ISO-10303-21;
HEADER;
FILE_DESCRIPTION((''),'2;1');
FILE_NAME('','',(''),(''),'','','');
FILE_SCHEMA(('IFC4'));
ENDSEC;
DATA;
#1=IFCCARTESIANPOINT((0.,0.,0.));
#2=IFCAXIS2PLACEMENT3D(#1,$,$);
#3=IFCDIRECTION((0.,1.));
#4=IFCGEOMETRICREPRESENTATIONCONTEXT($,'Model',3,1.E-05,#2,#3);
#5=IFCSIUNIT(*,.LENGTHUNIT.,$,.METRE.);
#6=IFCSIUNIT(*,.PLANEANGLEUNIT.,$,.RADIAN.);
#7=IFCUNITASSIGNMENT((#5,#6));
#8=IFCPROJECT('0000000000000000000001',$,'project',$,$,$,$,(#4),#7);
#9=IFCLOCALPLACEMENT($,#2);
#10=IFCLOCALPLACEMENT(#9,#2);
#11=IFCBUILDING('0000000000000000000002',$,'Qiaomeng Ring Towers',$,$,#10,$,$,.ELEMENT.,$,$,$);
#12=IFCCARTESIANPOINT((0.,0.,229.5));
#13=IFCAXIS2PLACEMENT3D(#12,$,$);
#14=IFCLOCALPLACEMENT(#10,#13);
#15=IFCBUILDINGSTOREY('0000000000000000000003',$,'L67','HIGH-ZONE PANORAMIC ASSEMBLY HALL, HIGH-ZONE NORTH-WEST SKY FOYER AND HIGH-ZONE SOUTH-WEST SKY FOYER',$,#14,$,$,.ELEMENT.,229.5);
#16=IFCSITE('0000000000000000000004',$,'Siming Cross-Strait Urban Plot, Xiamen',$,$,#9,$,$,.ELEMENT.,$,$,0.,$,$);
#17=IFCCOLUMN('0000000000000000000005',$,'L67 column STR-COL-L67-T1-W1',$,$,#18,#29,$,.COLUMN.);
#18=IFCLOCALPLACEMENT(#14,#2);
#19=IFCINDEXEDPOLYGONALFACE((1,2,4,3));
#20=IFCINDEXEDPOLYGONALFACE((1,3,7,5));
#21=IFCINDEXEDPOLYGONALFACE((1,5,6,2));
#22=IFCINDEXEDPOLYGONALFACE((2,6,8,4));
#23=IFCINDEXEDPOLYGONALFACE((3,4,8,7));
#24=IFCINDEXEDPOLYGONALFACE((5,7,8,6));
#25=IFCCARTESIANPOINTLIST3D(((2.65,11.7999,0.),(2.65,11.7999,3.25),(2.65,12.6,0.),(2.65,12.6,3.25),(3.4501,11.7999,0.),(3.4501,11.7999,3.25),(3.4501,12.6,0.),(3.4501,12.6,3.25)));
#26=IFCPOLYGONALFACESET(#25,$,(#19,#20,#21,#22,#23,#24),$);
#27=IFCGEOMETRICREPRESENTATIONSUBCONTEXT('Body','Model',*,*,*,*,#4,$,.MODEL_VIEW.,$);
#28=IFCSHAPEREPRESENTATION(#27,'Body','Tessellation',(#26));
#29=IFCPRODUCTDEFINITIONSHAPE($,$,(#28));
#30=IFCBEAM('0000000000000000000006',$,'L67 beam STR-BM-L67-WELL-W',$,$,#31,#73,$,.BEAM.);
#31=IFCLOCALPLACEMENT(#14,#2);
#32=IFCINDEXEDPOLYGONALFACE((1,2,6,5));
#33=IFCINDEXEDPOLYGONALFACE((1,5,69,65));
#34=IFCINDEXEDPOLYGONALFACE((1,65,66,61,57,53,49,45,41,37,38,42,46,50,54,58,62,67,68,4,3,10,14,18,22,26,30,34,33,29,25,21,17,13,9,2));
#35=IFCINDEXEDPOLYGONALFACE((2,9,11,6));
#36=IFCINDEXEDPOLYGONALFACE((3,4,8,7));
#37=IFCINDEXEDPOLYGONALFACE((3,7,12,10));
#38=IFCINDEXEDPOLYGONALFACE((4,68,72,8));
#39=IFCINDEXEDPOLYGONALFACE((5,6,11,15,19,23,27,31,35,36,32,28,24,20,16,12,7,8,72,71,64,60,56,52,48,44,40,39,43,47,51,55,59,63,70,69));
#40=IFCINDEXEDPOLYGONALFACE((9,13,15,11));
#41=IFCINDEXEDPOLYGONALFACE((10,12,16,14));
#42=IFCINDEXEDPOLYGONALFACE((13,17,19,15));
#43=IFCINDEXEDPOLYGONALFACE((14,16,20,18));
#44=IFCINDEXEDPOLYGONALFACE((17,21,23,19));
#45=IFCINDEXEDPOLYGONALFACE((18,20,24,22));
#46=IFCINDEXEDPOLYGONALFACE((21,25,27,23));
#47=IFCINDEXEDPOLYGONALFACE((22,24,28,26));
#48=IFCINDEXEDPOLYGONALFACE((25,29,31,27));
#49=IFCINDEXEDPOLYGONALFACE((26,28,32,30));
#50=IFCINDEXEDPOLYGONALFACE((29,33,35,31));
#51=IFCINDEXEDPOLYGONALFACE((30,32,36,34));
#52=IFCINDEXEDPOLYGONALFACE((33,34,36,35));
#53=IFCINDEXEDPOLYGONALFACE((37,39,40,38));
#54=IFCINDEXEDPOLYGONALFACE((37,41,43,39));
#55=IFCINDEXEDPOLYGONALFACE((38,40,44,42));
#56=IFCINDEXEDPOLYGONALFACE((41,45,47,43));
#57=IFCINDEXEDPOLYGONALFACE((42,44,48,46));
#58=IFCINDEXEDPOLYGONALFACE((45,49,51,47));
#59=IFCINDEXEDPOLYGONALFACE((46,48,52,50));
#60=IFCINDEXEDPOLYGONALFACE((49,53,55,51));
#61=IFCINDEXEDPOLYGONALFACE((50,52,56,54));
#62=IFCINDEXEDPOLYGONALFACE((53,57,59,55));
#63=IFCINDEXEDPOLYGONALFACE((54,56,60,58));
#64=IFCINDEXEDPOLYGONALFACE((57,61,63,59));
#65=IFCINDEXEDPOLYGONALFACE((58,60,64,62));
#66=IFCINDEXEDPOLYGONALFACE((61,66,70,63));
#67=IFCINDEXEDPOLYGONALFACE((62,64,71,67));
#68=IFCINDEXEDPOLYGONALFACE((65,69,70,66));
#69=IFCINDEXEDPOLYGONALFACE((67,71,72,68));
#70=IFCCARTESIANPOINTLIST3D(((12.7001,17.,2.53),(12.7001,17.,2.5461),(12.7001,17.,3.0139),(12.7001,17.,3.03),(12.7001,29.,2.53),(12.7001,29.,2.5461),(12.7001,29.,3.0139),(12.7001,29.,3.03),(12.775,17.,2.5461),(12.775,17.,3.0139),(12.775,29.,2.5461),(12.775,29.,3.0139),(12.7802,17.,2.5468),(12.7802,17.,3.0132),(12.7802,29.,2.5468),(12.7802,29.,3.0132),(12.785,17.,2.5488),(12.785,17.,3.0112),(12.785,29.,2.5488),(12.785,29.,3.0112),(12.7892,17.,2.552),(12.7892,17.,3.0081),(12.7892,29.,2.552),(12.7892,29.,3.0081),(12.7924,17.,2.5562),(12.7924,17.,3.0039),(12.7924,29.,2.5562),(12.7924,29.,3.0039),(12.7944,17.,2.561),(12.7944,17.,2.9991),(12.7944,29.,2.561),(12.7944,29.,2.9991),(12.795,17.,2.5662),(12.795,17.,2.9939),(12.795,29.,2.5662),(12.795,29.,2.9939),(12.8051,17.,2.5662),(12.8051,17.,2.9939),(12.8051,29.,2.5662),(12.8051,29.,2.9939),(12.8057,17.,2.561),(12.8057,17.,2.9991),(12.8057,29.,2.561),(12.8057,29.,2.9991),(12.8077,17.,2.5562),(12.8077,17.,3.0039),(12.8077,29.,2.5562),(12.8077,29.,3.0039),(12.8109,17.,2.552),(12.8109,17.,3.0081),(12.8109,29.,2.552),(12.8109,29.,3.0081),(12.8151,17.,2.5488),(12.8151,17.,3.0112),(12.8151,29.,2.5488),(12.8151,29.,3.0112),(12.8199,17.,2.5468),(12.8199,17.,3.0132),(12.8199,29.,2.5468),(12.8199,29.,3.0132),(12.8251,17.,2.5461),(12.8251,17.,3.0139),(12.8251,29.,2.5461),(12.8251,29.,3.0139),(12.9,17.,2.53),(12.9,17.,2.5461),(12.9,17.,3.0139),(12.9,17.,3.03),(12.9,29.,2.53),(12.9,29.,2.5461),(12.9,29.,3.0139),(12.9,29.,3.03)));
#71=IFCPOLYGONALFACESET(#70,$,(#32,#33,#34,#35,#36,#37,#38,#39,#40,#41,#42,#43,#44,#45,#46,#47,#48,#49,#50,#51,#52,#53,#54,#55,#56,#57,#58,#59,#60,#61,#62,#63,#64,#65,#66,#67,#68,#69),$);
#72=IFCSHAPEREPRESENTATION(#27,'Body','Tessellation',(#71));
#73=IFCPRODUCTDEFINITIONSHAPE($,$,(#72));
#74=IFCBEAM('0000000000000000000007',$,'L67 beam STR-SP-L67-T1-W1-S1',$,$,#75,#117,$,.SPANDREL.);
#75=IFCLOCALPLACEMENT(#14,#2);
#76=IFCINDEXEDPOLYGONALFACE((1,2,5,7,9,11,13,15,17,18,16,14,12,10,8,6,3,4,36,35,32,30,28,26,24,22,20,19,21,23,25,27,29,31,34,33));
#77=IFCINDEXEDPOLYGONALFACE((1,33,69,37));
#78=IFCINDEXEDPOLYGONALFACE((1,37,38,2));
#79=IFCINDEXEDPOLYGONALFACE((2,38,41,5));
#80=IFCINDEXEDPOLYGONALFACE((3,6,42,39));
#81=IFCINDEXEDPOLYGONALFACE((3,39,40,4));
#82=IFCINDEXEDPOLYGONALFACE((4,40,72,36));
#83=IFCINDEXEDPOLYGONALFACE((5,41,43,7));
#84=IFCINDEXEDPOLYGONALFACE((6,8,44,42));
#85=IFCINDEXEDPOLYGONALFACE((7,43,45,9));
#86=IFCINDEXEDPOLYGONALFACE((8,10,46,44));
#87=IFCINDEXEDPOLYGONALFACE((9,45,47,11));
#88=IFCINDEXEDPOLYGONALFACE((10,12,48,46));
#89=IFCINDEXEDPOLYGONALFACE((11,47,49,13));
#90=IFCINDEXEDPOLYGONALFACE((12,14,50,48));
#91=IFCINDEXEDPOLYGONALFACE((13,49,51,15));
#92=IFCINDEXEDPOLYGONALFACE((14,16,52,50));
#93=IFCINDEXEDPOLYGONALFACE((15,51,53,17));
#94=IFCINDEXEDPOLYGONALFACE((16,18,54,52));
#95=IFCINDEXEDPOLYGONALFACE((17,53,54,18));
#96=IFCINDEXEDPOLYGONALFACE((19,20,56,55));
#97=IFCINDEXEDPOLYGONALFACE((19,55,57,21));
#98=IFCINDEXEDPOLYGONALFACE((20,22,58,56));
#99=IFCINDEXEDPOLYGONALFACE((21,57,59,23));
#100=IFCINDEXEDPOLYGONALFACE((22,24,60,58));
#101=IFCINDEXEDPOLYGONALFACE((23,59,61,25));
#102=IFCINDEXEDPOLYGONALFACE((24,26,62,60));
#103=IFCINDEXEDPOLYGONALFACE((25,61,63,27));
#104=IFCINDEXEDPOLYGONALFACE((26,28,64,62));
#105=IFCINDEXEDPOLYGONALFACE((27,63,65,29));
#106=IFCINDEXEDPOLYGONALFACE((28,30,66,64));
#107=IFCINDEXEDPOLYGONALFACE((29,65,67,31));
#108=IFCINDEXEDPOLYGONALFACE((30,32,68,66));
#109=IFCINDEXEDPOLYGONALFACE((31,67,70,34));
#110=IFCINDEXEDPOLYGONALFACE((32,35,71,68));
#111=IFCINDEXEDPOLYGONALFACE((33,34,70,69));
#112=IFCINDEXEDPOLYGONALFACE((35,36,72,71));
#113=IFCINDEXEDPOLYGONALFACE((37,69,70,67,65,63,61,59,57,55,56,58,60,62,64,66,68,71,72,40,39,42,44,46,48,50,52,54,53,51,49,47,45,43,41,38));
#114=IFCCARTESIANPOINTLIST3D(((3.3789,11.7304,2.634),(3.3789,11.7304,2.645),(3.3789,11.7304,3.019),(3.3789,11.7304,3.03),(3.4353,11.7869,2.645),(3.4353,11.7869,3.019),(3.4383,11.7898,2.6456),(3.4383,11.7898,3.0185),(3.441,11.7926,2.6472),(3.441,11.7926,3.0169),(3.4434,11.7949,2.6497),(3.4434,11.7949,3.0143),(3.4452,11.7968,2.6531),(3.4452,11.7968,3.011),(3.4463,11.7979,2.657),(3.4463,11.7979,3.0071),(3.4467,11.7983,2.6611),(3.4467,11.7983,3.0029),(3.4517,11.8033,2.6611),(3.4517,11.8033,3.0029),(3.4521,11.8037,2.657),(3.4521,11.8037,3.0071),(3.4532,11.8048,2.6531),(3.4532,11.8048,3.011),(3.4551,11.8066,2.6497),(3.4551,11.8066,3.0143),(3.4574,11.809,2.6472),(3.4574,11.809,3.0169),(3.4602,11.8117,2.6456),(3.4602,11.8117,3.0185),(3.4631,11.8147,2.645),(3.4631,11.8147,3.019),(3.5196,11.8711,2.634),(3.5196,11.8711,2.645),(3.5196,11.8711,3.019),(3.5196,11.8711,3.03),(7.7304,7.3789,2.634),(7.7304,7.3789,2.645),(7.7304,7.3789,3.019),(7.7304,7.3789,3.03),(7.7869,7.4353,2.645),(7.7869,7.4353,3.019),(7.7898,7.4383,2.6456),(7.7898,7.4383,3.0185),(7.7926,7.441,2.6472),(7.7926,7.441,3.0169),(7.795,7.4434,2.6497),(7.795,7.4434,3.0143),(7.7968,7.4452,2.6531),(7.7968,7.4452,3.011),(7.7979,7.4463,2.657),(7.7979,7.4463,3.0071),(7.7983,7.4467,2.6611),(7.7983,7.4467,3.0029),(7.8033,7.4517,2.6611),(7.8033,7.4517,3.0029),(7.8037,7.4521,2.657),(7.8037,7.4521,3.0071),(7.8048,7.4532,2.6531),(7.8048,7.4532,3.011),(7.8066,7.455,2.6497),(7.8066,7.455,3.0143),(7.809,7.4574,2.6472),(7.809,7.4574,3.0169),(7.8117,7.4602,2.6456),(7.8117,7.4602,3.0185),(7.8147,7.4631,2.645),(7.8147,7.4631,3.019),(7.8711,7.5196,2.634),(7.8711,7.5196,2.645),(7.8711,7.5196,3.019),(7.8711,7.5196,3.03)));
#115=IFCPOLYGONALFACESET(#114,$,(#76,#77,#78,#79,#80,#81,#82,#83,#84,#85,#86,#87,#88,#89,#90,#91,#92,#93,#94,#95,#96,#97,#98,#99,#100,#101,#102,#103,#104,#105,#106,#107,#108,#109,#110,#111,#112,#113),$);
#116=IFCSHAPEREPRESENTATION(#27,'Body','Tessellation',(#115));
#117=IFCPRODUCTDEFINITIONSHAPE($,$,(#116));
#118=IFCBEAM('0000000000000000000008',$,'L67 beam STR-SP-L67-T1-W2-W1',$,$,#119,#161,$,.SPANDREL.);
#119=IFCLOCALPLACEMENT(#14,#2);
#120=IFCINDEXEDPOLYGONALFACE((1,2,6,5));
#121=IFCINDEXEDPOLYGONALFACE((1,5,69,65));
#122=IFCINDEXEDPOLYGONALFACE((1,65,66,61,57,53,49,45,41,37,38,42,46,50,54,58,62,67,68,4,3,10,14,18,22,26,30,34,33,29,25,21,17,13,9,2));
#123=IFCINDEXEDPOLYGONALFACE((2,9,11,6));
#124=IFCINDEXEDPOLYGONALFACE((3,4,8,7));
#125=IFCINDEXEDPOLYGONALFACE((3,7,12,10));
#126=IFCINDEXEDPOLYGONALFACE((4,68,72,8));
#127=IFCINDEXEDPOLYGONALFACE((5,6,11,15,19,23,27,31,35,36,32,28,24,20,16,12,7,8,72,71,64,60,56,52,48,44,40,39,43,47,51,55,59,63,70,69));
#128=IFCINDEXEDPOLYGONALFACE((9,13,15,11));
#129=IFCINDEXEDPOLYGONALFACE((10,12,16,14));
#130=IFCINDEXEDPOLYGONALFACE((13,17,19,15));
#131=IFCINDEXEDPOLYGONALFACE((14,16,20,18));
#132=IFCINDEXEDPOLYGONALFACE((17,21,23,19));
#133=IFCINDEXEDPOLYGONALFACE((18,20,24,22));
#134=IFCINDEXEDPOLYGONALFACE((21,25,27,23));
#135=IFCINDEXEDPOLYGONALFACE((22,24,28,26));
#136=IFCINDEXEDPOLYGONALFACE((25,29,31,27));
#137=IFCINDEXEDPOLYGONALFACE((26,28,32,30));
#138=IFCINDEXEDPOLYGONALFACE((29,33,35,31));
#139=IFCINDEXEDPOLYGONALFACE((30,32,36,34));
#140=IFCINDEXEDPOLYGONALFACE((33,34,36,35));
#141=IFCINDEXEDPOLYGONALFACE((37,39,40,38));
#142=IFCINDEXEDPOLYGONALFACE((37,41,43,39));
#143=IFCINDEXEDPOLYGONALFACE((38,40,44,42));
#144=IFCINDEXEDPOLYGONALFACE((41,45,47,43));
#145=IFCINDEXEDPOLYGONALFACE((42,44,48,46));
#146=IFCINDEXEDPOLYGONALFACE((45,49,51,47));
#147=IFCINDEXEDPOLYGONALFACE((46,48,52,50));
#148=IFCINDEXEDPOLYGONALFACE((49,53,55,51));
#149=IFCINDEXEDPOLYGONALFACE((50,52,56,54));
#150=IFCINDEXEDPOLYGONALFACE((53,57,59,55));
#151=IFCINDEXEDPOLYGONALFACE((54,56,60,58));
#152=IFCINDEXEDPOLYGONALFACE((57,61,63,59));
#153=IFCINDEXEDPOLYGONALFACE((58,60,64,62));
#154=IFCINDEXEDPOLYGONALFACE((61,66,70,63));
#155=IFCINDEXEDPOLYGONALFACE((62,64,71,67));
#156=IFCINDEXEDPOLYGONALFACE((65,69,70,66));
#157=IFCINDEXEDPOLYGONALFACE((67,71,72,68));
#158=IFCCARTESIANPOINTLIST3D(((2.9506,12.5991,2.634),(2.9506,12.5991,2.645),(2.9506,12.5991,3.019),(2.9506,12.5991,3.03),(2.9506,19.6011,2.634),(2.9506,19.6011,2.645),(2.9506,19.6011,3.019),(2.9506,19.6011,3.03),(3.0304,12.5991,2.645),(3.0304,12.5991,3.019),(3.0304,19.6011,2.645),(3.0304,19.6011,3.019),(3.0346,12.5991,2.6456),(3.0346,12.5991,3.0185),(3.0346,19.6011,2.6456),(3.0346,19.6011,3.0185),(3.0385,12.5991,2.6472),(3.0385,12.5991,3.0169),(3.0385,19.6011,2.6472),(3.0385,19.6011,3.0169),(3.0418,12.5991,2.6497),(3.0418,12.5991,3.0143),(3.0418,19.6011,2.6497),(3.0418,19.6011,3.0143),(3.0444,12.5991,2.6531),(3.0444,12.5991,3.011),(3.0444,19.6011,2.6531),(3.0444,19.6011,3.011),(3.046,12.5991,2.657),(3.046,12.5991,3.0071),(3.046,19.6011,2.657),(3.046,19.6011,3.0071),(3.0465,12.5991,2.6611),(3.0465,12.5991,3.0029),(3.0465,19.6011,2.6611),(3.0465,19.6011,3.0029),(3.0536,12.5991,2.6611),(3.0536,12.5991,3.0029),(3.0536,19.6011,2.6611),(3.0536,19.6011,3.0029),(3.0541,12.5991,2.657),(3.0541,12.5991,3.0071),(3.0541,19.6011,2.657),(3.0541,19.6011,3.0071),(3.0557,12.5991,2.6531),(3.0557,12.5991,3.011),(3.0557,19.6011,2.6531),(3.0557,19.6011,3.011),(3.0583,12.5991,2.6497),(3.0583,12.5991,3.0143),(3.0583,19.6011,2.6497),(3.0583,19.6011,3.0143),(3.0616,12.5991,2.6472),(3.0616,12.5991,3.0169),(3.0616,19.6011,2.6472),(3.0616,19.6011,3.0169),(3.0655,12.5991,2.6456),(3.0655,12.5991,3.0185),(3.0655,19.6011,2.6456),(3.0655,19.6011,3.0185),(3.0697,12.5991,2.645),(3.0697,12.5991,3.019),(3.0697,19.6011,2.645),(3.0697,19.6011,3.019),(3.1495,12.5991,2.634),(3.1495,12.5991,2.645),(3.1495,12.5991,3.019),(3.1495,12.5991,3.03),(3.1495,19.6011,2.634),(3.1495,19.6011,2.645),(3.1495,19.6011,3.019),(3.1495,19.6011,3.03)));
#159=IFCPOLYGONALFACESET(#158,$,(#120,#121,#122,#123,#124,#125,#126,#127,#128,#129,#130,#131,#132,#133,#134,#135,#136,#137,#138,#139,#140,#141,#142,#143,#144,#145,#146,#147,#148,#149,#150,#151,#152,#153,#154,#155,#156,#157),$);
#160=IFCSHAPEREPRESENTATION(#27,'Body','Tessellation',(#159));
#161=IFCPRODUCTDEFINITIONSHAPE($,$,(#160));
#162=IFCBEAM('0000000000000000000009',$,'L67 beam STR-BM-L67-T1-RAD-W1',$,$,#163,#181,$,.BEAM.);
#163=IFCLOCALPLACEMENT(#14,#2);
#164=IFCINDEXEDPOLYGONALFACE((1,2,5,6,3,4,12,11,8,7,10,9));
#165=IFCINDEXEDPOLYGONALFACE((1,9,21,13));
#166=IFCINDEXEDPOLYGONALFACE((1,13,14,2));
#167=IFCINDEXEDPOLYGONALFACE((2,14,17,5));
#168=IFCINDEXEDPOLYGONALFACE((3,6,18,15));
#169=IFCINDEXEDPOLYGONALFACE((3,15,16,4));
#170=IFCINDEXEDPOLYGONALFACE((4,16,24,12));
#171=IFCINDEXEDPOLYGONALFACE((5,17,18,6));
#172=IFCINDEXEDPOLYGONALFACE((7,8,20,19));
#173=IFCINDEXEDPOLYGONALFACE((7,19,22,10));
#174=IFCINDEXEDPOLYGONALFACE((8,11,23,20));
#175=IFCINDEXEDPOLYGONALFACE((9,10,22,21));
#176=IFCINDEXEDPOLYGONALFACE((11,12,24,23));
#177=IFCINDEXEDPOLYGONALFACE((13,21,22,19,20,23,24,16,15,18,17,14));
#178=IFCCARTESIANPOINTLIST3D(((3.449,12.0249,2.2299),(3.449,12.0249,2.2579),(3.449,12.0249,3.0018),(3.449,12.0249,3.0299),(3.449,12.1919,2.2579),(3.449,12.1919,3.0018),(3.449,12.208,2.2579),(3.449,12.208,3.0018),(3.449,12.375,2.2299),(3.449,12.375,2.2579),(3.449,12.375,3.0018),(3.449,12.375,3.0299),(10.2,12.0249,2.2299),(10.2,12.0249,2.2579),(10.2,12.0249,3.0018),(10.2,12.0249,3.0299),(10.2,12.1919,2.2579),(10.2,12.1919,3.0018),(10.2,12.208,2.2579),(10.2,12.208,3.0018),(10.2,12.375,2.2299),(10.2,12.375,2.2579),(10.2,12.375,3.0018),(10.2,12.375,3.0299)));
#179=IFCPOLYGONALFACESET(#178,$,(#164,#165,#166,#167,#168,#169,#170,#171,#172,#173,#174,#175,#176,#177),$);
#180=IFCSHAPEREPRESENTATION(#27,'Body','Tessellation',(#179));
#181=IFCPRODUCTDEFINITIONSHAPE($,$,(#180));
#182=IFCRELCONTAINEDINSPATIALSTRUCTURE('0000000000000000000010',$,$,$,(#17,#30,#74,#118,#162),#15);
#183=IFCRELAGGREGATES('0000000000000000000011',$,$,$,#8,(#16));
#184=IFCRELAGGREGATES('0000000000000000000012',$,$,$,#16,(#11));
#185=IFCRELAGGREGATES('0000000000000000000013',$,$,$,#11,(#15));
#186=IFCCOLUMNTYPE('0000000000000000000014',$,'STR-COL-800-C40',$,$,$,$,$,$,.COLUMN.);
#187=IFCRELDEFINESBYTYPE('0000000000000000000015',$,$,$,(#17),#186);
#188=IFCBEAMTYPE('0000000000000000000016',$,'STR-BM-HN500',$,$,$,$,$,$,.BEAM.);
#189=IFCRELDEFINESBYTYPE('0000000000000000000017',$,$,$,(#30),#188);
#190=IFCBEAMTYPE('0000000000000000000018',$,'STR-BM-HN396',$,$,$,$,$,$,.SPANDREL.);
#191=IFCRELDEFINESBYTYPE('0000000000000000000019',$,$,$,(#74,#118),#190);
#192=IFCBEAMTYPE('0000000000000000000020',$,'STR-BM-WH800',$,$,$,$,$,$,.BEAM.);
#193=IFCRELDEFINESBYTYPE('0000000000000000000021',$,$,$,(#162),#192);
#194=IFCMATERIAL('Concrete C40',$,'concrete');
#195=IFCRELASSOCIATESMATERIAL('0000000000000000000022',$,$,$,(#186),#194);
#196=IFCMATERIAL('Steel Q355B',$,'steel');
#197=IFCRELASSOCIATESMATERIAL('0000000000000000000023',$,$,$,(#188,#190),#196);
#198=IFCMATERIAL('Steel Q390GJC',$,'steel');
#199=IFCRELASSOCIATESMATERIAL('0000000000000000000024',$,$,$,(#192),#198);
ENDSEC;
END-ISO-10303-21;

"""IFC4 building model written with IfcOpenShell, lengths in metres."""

from ifc_helpers import new_model, si_unit, direction, frame, origin, origin_2d, place, context, subcontext, project, spatial, rectangle, i_section, extrude, source, transform, mapped, material, material_profile, profile_set, type_object, element, save


model = new_model("IFC4")

# Units and contexts
model_context = context("Model", 3, precision=1e-05, world=origin(), true_north=direction((0.0, 1.0)))
body_context = subcontext(model_context, "Body", "Model", "MODEL_VIEW")
ifc_project = project(units=[si_unit("LENGTHUNIT", "METRE"), si_unit("PLANEANGLEUNIT", "RADIAN")], contexts=[model_context])

# Site, building, storey
site_placement = place(None, origin())
site = spatial("IfcSite", under=ifc_project, at=site_placement, Name="Siming Cross-Strait Urban Plot, Xiamen", CompositionType="ELEMENT", RefElevation=0.0)
building_placement = place(site_placement, origin())
building = spatial("IfcBuilding", under=site, at=building_placement, Name="Qiaomeng Ring Towers", CompositionType="ELEMENT")
storey_placement = place(building_placement, frame((0.0, 0.0, 229.5)))
storey = spatial("IfcBuildingStorey", under=building, at=storey_placement, Name="L67", Description="HIGH-ZONE PANORAMIC ASSEMBLY HALL, HIGH-ZONE NORTH-WEST SKY FOYER AND HIGH-ZONE SOUTH-WEST SKY FOYER", CompositionType="ELEMENT", Elevation=229.5)

# Column
ifc_material_1 = material(Name="Concrete C40", Category="concrete")
ifc_material_profile_1 = material_profile(ifc_material_1, rectangle(XDim=0.8, YDim=0.8, at=origin_2d()), Name="RC COL 800x800")
ifc_profile_set_1 = profile_set([ifc_material_profile_1], Name="Concrete C40")
column_type = type_object("IfcColumnType", Name="STR-COL-800-C40", PredefinedType="COLUMN", material=ifc_profile_set_1)
shared_shape_1 = source(origin(), body_context, "Body", "SweptSolid", [
    extrude(rectangle(XDim=0.8, YDim=0.8, at=origin_2d()), origin(), (0.0, 0.0, 1.0), 3.25),
])
column_placement = place(storey_placement, frame((3.05, 12.2, 0.0), z_axis=(0.0, 0.0, 1.0), x_axis=(1.0, 0.0, 0.0)))
element("IfcColumn", 1, at=column_placement, inside=storey, type_object=column_type, Name="L67 column STR-COL-L67-T1-W1", PredefinedType="COLUMN", context=body_context, shape_type="MappedRepresentation", body=[
    mapped(shared_shape_1, transform((0.0, 0.0, 0.0), x_axis=(1.0, 0.0, 0.0), y_axis=(0.0, 1.0, 0.0), z_axis=(0.0, 0.0, 1.0), scale=1.0)),
])

# Beams
ifc_material_2 = material(Name="Steel Q355B", Category="steel")
ifc_material_profile_2 = material_profile(ifc_material_2, i_section(OverallWidth=0.2, OverallDepth=0.5, WebThickness=0.01, FlangeThickness=0.0161, FilletRadius=0.02, at=origin_2d()), Name="HN 500x200x10x16")
ifc_profile_set_2 = profile_set([ifc_material_profile_2], Name="Steel Q355B")
beam_type_1 = type_object("IfcBeamType", Name="STR-BM-HN500", PredefinedType="BEAM", material=ifc_profile_set_2)
shared_shape_2 = source(origin(), body_context, "Body", "SweptSolid", [
    extrude(i_section(OverallWidth=0.2, OverallDepth=0.5, WebThickness=0.01, FlangeThickness=0.0161, FilletRadius=0.02, at=origin_2d()), origin(), (0.0, 0.0, 1.0), 12.0),
])
beam_1_placement = place(storey_placement, frame((12.8, 17.0, 2.78), z_axis=(0.0, 1.0, 0.0), x_axis=(-1.0, 0.0, 0.0)))
element("IfcBeam", 2, at=beam_1_placement, inside=storey, type_object=beam_type_1, Name="L67 beam STR-BM-L67-WELL-W", PredefinedType="BEAM", context=body_context, shape_type="MappedRepresentation", body=[
    mapped(shared_shape_2, transform((0.0, 0.0, 0.0), x_axis=(1.0, 0.0, 0.0), y_axis=(0.0, 1.0, 0.0), z_axis=(0.0, 0.0, 1.0), scale=1.0)),
])
ifc_material_profile_3 = material_profile(ifc_material_2, i_section(OverallWidth=0.199, OverallDepth=0.396, WebThickness=0.0071, FlangeThickness=0.011, FilletRadius=0.0161, at=origin_2d()), Name="HN 396x199x7x11")
ifc_profile_set_3 = profile_set([ifc_material_profile_3], Name="Steel Q355B")
beam_type_2 = type_object("IfcBeamType", Name="STR-BM-HN396", PredefinedType="SPANDREL", material=ifc_profile_set_3)
shared_shape_3 = source(origin(), body_context, "Body", "SweptSolid", [
    extrude(i_section(OverallWidth=0.199, OverallDepth=0.396, WebThickness=0.0071, FlangeThickness=0.011, FilletRadius=0.0161, at=origin_2d()), origin(), (0.0, 0.0, 1.0), 6.1541),
])
beam_2_placement = place(storey_placement, frame((3.4492, 11.8008, 2.832), z_axis=(0.707107, -0.707107, 0.0), x_axis=(0.707107, 0.707107, 0.0)))
element("IfcBeam", 3, at=beam_2_placement, inside=storey, type_object=beam_type_2, Name="L67 beam STR-SP-L67-T1-W1-S1", PredefinedType="SPANDREL", context=body_context, shape_type="MappedRepresentation", body=[
    mapped(shared_shape_3, transform((0.0, 0.0, 0.0), x_axis=(1.0, 0.0, 0.0), y_axis=(0.0, 1.0, 0.0), z_axis=(0.0, 0.0, 1.0), scale=1.0)),
])
shared_shape_4 = source(origin(), body_context, "Body", "SweptSolid", [
    extrude(i_section(OverallWidth=0.199, OverallDepth=0.396, WebThickness=0.0071, FlangeThickness=0.011, FilletRadius=0.0161, at=origin_2d()), origin(), (0.0, 0.0, 1.0), 7.002),
])
beam_3_placement = place(storey_placement, frame((3.05, 19.6011, 2.832), z_axis=(0.0, -1.0, 0.0), x_axis=(1.0, 0.0, 0.0)))
element("IfcBeam", 4, at=beam_3_placement, inside=storey, type_object=beam_type_2, Name="L67 beam STR-SP-L67-T1-W2-W1", PredefinedType="SPANDREL", context=body_context, shape_type="MappedRepresentation", body=[
    mapped(shared_shape_4, transform((0.0, 0.0, 0.0), x_axis=(1.0, 0.0, 0.0), y_axis=(0.0, 1.0, 0.0), z_axis=(0.0, 0.0, 1.0), scale=1.0)),
])
ifc_material_3 = material(Name="Steel Q390GJC", Category="steel")
ifc_material_profile_4 = material_profile(ifc_material_3, i_section(OverallWidth=0.3501, OverallDepth=0.8, WebThickness=0.0161, FlangeThickness=0.0281, at=origin_2d()), Name="WH 800x350x16x28")
ifc_profile_set_4 = profile_set([ifc_material_profile_4], Name="Steel Q390GJC")
beam_type_3 = type_object("IfcBeamType", Name="STR-BM-WH800", PredefinedType="BEAM", material=ifc_profile_set_4)
shared_shape_5 = source(origin(), body_context, "Body", "SweptSolid", [
    extrude(i_section(OverallWidth=0.3501, OverallDepth=0.8, WebThickness=0.0161, FlangeThickness=0.0281, at=origin_2d()), origin(), (0.0, 0.0, 1.0), 6.751),
])
beam_4_placement = place(storey_placement, frame((3.449, 12.2, 2.6299), z_axis=(1.0, 0.0, 0.0), x_axis=(0.0, 1.0, 0.0)))
element("IfcBeam", 5, at=beam_4_placement, inside=storey, type_object=beam_type_3, Name="L67 beam STR-BM-L67-T1-RAD-W1", PredefinedType="BEAM", context=body_context, shape_type="MappedRepresentation", body=[
    mapped(shared_shape_5, transform((0.0, 0.0, 0.0), x_axis=(1.0, 0.0, 0.0), y_axis=(0.0, 1.0, 0.0), z_axis=(0.0, 0.0, 1.0), scale=1.0)),
])

save(model, "model.ifc")
